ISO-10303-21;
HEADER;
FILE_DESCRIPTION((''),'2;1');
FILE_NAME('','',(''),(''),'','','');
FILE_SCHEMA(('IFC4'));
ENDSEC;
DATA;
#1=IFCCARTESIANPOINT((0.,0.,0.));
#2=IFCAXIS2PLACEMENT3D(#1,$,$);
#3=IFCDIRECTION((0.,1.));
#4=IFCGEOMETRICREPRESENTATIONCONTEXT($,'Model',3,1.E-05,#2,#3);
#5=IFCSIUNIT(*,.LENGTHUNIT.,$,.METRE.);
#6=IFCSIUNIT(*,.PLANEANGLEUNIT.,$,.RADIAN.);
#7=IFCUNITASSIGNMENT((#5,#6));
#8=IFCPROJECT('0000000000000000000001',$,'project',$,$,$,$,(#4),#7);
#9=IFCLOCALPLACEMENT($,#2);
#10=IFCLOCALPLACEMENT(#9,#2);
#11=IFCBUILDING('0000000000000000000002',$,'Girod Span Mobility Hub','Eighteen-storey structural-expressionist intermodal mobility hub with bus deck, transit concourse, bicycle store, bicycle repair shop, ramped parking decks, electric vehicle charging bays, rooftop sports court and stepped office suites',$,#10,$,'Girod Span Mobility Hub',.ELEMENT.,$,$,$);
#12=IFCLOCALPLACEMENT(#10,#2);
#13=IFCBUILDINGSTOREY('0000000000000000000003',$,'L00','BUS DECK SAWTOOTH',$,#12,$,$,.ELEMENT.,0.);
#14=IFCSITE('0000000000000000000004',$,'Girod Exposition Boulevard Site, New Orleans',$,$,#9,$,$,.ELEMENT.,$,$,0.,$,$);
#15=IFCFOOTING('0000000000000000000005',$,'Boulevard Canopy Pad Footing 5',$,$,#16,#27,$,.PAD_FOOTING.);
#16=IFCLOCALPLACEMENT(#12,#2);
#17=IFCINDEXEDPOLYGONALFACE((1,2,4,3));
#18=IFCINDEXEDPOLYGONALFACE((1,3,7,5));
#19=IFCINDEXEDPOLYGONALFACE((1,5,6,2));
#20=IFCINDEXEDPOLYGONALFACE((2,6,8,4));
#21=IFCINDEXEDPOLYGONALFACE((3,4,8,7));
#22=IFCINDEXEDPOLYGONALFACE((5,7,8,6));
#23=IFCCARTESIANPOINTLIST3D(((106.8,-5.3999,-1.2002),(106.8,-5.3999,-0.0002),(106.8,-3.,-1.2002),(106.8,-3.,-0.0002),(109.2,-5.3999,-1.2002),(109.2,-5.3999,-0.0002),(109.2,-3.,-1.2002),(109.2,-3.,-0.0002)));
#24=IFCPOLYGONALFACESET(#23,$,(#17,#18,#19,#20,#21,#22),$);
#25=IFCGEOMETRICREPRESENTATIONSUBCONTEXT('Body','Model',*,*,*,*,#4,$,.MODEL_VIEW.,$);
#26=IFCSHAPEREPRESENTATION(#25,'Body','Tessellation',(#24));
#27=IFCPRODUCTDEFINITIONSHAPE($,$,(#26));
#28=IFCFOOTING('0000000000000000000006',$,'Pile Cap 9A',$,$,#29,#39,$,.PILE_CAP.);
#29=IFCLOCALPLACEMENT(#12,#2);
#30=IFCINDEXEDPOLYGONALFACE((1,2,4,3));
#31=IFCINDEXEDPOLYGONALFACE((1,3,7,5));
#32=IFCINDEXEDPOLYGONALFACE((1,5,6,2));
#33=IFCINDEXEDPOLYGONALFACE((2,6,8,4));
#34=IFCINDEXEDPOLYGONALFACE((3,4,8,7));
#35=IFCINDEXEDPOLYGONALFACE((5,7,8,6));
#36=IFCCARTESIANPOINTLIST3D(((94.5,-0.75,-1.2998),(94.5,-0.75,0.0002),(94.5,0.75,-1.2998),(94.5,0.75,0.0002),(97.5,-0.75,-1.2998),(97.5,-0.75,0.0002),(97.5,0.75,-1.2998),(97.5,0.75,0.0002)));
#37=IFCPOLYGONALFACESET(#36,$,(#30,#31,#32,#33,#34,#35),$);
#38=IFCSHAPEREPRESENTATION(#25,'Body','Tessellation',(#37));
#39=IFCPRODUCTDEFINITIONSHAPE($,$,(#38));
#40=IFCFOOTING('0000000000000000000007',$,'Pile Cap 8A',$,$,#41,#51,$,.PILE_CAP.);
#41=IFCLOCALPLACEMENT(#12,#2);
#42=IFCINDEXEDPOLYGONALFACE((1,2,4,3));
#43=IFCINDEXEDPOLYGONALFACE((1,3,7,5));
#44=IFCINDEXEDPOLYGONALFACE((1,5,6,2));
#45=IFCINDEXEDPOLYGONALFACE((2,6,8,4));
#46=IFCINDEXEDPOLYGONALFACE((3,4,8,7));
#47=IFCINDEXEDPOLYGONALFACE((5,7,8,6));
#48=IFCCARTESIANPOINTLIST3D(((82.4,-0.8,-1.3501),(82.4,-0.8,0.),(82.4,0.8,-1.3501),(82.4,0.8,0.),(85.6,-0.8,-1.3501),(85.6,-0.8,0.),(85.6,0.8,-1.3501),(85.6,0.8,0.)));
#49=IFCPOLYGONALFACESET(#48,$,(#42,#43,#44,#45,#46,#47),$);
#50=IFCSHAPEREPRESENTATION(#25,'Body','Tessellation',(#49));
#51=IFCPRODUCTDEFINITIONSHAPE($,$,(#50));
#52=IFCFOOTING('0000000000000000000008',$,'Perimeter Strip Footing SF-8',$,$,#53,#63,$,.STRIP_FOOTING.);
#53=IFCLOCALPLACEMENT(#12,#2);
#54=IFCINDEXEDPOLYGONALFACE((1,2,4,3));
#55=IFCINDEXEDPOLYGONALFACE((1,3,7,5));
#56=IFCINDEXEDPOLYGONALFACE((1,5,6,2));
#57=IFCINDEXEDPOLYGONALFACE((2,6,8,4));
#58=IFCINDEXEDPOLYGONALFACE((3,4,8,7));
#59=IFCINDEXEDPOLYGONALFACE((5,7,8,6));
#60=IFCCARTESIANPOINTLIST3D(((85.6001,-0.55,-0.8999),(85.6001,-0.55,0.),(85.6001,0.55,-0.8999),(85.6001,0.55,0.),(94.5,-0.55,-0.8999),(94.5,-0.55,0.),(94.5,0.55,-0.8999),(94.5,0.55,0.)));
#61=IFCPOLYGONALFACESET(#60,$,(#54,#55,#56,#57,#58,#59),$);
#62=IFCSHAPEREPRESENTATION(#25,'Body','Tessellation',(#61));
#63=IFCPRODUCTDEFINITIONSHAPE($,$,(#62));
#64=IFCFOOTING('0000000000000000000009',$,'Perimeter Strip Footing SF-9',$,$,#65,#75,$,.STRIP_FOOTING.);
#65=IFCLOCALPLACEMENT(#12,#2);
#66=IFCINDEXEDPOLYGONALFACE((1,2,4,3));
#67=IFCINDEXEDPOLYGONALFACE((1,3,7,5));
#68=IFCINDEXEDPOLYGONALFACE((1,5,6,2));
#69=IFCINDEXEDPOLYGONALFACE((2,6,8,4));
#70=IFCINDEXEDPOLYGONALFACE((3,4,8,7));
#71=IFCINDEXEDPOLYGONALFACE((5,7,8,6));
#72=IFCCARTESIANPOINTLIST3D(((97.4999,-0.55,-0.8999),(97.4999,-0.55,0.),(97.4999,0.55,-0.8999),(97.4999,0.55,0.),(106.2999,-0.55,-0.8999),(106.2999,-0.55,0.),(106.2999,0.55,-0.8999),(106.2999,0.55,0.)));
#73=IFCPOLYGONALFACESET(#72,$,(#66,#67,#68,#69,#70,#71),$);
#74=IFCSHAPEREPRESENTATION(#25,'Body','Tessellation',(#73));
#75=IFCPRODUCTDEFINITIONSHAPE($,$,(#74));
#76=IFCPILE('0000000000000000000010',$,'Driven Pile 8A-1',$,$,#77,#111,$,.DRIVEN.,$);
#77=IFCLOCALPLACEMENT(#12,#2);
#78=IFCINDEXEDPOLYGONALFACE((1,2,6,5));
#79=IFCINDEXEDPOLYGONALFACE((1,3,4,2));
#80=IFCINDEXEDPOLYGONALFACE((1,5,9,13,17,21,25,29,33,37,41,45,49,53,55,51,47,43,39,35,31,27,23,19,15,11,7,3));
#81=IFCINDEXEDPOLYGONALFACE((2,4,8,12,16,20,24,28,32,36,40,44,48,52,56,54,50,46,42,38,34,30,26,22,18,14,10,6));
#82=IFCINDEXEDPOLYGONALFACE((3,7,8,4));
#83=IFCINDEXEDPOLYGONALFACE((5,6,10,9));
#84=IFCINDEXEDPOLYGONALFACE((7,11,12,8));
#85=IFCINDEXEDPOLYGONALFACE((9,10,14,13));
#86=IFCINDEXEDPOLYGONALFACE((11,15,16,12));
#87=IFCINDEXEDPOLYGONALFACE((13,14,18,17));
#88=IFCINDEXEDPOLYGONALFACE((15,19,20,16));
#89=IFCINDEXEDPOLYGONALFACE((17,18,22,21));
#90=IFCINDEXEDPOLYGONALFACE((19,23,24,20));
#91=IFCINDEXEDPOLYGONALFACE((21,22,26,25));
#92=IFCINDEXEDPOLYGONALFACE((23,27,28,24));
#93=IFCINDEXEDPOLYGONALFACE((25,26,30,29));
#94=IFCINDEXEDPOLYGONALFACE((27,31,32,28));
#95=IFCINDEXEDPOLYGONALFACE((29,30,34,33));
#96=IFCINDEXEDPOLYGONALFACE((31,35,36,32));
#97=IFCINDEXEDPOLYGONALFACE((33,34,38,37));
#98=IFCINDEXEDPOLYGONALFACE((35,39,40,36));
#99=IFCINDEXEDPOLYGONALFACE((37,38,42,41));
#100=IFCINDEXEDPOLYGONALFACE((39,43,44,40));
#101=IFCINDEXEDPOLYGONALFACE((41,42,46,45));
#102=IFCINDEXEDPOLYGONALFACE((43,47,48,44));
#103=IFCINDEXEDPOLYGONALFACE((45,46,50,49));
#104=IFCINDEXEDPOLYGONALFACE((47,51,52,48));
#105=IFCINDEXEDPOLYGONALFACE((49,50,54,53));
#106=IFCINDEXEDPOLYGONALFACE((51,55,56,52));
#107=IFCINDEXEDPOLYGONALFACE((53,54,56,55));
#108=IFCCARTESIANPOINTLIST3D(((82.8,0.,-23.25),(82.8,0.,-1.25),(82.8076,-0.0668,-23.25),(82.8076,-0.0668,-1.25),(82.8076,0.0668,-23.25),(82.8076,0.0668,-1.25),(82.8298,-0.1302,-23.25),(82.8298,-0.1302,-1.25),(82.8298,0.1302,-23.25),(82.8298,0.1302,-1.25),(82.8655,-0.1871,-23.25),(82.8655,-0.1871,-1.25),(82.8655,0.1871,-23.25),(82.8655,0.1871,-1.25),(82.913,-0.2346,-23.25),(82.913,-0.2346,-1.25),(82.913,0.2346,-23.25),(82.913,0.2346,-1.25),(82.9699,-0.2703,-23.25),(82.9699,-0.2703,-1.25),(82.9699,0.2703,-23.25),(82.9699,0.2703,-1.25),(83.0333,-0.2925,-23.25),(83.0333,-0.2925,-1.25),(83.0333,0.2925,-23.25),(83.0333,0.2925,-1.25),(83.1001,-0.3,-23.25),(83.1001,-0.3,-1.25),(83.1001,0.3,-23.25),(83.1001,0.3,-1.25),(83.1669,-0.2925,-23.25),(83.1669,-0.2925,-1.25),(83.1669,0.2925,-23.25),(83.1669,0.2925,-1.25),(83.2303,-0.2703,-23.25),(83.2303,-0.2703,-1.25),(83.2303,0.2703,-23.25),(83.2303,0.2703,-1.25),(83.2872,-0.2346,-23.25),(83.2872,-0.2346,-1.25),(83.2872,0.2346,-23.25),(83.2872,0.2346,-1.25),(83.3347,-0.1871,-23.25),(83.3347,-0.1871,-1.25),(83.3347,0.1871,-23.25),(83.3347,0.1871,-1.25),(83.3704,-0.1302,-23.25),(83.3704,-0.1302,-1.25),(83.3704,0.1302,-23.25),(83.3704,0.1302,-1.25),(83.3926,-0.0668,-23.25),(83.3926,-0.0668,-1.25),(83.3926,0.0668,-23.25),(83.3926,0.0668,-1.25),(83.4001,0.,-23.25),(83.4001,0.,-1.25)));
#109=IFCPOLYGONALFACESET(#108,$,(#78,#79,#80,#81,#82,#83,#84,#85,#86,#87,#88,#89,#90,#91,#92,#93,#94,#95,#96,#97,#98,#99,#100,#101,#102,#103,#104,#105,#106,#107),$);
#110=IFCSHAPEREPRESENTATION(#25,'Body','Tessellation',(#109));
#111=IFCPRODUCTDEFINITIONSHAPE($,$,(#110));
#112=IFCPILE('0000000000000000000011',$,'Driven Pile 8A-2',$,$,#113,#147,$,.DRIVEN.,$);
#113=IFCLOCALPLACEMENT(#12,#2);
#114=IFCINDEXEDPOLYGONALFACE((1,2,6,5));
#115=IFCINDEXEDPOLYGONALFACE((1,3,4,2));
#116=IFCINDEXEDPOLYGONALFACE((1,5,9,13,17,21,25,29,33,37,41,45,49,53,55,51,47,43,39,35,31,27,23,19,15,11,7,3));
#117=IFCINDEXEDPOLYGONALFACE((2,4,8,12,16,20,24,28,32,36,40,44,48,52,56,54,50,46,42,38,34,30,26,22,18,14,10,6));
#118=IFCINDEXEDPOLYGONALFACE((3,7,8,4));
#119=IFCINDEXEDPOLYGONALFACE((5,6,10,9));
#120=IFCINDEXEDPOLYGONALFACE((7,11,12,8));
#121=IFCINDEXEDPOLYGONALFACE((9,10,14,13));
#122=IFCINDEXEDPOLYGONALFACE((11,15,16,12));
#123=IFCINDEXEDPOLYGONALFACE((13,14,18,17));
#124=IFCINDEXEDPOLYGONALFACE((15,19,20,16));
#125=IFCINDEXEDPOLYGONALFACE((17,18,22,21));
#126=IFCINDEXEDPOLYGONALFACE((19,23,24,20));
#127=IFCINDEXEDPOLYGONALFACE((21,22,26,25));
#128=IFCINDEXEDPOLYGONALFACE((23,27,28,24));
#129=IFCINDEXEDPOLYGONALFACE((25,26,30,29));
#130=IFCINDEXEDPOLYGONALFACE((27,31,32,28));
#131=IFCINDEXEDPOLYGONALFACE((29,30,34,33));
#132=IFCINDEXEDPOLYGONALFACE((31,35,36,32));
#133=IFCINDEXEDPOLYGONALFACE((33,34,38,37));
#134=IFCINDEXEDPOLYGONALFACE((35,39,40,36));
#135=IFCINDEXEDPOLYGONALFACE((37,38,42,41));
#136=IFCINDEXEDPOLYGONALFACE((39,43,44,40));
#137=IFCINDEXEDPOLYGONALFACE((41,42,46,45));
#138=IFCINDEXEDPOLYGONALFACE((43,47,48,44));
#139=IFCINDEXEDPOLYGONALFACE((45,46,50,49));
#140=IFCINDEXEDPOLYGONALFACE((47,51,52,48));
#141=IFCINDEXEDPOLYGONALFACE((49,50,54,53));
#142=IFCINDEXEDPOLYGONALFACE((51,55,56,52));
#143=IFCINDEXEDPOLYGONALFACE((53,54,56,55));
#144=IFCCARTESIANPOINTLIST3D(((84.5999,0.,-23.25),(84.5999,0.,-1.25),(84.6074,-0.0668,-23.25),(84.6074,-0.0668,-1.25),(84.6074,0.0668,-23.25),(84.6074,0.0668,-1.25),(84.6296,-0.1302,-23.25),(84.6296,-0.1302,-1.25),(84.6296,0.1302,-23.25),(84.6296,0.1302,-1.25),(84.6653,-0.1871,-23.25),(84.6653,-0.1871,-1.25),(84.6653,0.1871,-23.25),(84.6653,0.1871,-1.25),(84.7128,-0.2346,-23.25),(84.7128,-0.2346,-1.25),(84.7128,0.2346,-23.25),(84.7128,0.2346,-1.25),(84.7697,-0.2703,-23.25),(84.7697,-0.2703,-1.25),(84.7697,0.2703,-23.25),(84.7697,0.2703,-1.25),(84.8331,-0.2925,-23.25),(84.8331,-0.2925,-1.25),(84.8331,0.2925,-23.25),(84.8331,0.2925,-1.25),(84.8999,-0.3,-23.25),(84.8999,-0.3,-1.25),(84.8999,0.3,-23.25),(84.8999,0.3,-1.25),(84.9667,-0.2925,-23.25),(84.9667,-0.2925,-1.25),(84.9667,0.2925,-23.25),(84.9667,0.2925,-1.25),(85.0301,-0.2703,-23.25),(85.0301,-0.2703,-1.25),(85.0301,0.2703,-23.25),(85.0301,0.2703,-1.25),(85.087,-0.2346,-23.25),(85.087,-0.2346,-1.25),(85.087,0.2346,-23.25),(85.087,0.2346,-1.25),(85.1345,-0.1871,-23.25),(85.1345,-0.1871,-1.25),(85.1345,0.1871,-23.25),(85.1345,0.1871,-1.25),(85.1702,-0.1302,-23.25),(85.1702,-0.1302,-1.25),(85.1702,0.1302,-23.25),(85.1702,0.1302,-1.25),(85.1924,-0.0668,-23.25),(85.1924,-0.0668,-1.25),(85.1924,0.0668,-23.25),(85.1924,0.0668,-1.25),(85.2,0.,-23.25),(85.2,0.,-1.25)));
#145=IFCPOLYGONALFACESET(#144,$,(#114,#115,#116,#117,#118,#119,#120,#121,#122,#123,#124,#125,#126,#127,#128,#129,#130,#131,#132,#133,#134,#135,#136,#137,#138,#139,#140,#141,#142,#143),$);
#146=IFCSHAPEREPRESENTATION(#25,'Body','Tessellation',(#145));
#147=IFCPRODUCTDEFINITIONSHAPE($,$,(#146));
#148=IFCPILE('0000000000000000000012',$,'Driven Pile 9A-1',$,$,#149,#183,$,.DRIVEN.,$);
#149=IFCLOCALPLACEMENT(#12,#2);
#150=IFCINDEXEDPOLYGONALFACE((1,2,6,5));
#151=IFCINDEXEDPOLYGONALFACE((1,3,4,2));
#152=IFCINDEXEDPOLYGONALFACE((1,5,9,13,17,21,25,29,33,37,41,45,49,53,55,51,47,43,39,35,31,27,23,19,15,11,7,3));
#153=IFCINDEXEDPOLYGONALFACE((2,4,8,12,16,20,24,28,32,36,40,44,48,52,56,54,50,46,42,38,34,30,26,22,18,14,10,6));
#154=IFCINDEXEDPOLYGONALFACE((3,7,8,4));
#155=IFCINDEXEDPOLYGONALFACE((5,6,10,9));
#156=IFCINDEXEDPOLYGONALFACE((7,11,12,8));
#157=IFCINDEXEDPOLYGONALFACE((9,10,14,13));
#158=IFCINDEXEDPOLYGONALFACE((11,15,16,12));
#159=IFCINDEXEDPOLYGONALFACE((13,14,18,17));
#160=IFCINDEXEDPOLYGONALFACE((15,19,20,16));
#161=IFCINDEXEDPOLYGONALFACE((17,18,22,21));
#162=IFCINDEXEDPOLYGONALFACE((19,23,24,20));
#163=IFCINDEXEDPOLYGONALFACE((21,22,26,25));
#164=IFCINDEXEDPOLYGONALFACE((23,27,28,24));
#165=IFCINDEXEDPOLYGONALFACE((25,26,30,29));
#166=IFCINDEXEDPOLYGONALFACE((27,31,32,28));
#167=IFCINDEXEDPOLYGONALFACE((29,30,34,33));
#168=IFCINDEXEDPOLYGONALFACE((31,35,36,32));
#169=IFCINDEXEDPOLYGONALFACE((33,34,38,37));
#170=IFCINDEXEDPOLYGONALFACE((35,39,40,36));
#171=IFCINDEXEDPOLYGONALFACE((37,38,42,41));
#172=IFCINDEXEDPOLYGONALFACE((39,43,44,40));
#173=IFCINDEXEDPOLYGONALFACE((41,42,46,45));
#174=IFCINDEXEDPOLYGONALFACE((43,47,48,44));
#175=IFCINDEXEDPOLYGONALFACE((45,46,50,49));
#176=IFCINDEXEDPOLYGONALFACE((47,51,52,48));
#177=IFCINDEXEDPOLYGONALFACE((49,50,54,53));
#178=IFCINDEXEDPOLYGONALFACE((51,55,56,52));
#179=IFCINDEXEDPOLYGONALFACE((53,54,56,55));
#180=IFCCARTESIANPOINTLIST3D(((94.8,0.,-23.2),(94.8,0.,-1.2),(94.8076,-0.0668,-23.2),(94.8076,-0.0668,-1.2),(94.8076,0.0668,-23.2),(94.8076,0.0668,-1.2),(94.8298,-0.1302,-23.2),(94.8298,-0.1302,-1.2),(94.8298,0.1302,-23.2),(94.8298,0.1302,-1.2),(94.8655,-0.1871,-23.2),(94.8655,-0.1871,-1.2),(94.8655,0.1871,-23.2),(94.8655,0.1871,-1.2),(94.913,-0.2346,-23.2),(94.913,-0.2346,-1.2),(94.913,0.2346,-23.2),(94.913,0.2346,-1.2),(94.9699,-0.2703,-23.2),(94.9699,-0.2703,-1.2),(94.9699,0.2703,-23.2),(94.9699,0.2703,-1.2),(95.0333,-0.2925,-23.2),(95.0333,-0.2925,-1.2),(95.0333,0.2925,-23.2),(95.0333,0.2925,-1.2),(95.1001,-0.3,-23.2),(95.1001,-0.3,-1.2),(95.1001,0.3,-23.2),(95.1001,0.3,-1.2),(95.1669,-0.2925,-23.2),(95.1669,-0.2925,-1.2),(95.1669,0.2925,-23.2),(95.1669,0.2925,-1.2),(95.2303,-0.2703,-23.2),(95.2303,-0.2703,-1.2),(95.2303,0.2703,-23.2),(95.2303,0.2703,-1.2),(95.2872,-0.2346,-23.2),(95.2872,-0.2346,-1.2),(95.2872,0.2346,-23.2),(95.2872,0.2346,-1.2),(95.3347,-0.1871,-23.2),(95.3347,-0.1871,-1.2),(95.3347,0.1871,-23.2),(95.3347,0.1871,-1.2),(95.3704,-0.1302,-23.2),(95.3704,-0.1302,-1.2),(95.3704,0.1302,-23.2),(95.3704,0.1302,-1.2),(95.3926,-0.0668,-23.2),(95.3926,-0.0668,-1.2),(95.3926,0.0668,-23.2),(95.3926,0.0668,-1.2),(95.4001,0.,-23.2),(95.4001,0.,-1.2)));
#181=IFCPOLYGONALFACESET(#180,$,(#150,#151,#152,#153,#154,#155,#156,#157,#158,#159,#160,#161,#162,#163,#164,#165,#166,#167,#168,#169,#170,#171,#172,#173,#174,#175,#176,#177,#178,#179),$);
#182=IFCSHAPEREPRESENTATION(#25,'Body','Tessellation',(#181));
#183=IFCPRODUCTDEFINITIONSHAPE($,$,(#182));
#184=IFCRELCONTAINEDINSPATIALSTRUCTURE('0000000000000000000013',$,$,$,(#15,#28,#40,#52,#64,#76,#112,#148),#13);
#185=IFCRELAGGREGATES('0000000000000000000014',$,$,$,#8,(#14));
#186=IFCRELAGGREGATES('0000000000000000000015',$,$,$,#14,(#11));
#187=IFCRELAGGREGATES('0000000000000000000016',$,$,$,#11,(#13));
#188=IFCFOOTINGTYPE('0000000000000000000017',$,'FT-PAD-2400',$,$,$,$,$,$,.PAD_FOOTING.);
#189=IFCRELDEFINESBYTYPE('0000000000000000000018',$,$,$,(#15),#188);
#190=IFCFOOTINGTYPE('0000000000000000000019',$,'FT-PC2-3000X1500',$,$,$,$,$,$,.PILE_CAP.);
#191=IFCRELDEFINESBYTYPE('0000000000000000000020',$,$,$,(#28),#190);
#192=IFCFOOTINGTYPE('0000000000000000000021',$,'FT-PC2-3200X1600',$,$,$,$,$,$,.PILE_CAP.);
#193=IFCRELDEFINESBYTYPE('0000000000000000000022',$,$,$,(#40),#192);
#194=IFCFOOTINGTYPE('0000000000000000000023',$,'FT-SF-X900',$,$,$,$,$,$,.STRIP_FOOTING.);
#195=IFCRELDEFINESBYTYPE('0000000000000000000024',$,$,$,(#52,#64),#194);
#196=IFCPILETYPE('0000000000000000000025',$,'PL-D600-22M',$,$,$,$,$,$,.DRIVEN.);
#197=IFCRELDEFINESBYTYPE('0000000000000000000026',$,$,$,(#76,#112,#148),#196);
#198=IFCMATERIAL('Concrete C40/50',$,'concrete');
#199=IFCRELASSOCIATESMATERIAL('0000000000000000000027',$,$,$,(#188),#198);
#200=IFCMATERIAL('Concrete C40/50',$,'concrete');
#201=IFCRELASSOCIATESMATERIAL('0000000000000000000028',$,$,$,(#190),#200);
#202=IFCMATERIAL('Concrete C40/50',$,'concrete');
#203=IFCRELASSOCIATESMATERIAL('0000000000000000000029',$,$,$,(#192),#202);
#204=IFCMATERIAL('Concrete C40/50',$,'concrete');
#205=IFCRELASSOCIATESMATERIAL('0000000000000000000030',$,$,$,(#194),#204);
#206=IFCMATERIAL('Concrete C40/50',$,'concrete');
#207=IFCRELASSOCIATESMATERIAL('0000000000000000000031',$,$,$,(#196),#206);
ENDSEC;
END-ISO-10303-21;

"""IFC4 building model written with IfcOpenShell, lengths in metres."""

from ifc_helpers import new_model, si_unit, direction, frame, origin, origin_2d, place, context, subcontext, project, spatial, rectangle, circle, extrude, material, material_profile, profile_set, type_object, element, save


model = new_model("IFC4")

# Units and contexts
model_context = context("Model", 3, precision=1e-05, world=origin(), true_north=direction((0.0, 1.0)))
body_context = subcontext(model_context, "Body", "Model", "MODEL_VIEW")
ifc_project = project(units=[si_unit("LENGTHUNIT", "METRE"), si_unit("PLANEANGLEUNIT", "RADIAN")], contexts=[model_context])

# Site, building, storey
site_placement = place(None, origin())
site = spatial("IfcSite", under=ifc_project, at=site_placement, Name="Girod Exposition Boulevard Site, New Orleans", CompositionType="ELEMENT", RefElevation=0.0)
building_placement = place(site_placement, origin())
building = spatial("IfcBuilding", under=site, at=building_placement, Name="Girod Span Mobility Hub", Description="Eighteen-storey structural-expressionist intermodal mobility hub with bus deck, transit concourse, bicycle store, bicycle repair shop, ramped parking decks, electric vehicle charging bays, rooftop sports court and stepped office suites", LongName="Girod Span Mobility Hub", CompositionType="ELEMENT")
storey_placement = place(building_placement, origin())
storey = spatial("IfcBuildingStorey", under=building, at=storey_placement, Name="L00", Description="BUS DECK SAWTOOTH", CompositionType="ELEMENT", Elevation=0.0)

# Footings
ifc_material_1 = material(Name="Concrete C40/50", Category="concrete")
footing_type_1 = type_object("IfcFootingType", Name="FT-PAD-2400", PredefinedType="PAD_FOOTING", material=ifc_material_1)
footing_1_placement = place(storey_placement, frame((108.0, -4.2, -1.2002), z_axis=(0.0, 0.0, 1.0), x_axis=(1.0, 0.0, 0.0)))
element("IfcFooting", 1, at=footing_1_placement, inside=storey, type_object=footing_type_1, Name="Boulevard Canopy Pad Footing 5", PredefinedType="PAD_FOOTING", context=body_context, shape_type="SweptSolid", body=[
    extrude(rectangle(XDim=2.3999, YDim=2.3999, at=origin_2d()), origin(), (0.0, 0.0, 1.0), 1.2),
])
ifc_material_2 = material(Name="Concrete C40/50", Category="concrete")
footing_type_2 = type_object("IfcFootingType", Name="FT-PC2-3000X1500", PredefinedType="PILE_CAP", material=ifc_material_2)
footing_2_placement = place(storey_placement, frame((96.0, 0.0, -1.2998), z_axis=(0.0, 0.0, 1.0), x_axis=(1.0, 0.0, 0.0)))
element("IfcFooting", 2, at=footing_2_placement, inside=storey, type_object=footing_type_2, Name="Pile Cap 9A", PredefinedType="PILE_CAP", context=body_context, shape_type="SweptSolid", body=[
    extrude(rectangle(XDim=3.0, YDim=1.5, at=origin_2d()), origin(), (0.0, 0.0, 1.0), 1.3),
])
ifc_material_3 = material(Name="Concrete C40/50", Category="concrete")
footing_type_3 = type_object("IfcFootingType", Name="FT-PC2-3200X1600", PredefinedType="PILE_CAP", material=ifc_material_3)
footing_3_placement = place(storey_placement, frame((84.0, 0.0, -1.3501), z_axis=(0.0, 0.0, 1.0), x_axis=(1.0, 0.0, 0.0)))
element("IfcFooting", 3, at=footing_3_placement, inside=storey, type_object=footing_type_3, Name="Pile Cap 8A", PredefinedType="PILE_CAP", context=body_context, shape_type="SweptSolid", body=[
    extrude(rectangle(XDim=3.2, YDim=1.6001, at=origin_2d()), origin(), (0.0, 0.0, 1.0), 1.3501),
])
ifc_material_4 = material(Name="Concrete C40/50", Category="concrete")
footing_type_4 = type_object("IfcFootingType", Name="FT-SF-X900", PredefinedType="STRIP_FOOTING", material=ifc_material_4)
footing_4_placement = place(storey_placement, frame((90.05, 0.0, -0.8999), z_axis=(0.0, 0.0, 1.0), x_axis=(1.0, 0.0, 0.0)))
element("IfcFooting", 4, at=footing_4_placement, inside=storey, type_object=footing_type_4, Name="Perimeter Strip Footing SF-8", PredefinedType="STRIP_FOOTING", context=body_context, shape_type="SweptSolid", body=[
    extrude(rectangle(XDim=8.8999, YDim=1.1001, at=origin_2d()), origin(), (0.0, 0.0, 1.0), 0.8999),
])
footing_5_placement = place(storey_placement, frame((101.8999, 0.0, -0.8999), z_axis=(0.0, 0.0, 1.0), x_axis=(1.0, 0.0, 0.0)))
element("IfcFooting", 5, at=footing_5_placement, inside=storey, type_object=footing_type_4, Name="Perimeter Strip Footing SF-9", PredefinedType="STRIP_FOOTING", context=body_context, shape_type="SweptSolid", body=[
    extrude(rectangle(XDim=8.8, YDim=1.1001, at=origin_2d()), origin(), (0.0, 0.0, 1.0), 0.8999),
])

# Piles
ifc_material_5 = material(Name="Concrete C40/50", Category="concrete")
ifc_material_profile_1 = material_profile(ifc_material_5, circle(Radius=0.3, at=origin_2d()), Name="PILE-D600")
ifc_profile_set_1 = profile_set([ifc_material_profile_1], Name="Concrete C40/50")
pile_type_1 = type_object("IfcPileType", Name="PL-D600-22M", PredefinedType="DRIVEN", material=ifc_profile_set_1)
for number, where, z_axis, x_axis, name in (
    (6, (83.1001, 0.0, -1.25), (0.0, 0.0, -1.0), (1.0, 0.0, 0.0), "Driven Pile 8A-1"),
    (7, (84.8999, 0.0, -1.25), (0.0, 0.0, -1.0), (1.0, 0.0, 0.0), "Driven Pile 8A-2"),
    (8, (95.1001, 0.0, -1.2), (0.0, 0.0, -1.0), (1.0, 0.0, 0.0), "Driven Pile 9A-1"),
):
    element("IfcPile", number, at=place(storey_placement, frame(where, z_axis=z_axis, x_axis=x_axis)), inside=storey, type_object=pile_type_1, Name=name, PredefinedType="DRIVEN", context=body_context, shape_type="SweptSolid", body=[
        extrude(circle(Radius=0.3, at=origin_2d()), origin(), (0.0, 0.0, 1.0), 22.0),
    ])

save(model, "model.ifc")
